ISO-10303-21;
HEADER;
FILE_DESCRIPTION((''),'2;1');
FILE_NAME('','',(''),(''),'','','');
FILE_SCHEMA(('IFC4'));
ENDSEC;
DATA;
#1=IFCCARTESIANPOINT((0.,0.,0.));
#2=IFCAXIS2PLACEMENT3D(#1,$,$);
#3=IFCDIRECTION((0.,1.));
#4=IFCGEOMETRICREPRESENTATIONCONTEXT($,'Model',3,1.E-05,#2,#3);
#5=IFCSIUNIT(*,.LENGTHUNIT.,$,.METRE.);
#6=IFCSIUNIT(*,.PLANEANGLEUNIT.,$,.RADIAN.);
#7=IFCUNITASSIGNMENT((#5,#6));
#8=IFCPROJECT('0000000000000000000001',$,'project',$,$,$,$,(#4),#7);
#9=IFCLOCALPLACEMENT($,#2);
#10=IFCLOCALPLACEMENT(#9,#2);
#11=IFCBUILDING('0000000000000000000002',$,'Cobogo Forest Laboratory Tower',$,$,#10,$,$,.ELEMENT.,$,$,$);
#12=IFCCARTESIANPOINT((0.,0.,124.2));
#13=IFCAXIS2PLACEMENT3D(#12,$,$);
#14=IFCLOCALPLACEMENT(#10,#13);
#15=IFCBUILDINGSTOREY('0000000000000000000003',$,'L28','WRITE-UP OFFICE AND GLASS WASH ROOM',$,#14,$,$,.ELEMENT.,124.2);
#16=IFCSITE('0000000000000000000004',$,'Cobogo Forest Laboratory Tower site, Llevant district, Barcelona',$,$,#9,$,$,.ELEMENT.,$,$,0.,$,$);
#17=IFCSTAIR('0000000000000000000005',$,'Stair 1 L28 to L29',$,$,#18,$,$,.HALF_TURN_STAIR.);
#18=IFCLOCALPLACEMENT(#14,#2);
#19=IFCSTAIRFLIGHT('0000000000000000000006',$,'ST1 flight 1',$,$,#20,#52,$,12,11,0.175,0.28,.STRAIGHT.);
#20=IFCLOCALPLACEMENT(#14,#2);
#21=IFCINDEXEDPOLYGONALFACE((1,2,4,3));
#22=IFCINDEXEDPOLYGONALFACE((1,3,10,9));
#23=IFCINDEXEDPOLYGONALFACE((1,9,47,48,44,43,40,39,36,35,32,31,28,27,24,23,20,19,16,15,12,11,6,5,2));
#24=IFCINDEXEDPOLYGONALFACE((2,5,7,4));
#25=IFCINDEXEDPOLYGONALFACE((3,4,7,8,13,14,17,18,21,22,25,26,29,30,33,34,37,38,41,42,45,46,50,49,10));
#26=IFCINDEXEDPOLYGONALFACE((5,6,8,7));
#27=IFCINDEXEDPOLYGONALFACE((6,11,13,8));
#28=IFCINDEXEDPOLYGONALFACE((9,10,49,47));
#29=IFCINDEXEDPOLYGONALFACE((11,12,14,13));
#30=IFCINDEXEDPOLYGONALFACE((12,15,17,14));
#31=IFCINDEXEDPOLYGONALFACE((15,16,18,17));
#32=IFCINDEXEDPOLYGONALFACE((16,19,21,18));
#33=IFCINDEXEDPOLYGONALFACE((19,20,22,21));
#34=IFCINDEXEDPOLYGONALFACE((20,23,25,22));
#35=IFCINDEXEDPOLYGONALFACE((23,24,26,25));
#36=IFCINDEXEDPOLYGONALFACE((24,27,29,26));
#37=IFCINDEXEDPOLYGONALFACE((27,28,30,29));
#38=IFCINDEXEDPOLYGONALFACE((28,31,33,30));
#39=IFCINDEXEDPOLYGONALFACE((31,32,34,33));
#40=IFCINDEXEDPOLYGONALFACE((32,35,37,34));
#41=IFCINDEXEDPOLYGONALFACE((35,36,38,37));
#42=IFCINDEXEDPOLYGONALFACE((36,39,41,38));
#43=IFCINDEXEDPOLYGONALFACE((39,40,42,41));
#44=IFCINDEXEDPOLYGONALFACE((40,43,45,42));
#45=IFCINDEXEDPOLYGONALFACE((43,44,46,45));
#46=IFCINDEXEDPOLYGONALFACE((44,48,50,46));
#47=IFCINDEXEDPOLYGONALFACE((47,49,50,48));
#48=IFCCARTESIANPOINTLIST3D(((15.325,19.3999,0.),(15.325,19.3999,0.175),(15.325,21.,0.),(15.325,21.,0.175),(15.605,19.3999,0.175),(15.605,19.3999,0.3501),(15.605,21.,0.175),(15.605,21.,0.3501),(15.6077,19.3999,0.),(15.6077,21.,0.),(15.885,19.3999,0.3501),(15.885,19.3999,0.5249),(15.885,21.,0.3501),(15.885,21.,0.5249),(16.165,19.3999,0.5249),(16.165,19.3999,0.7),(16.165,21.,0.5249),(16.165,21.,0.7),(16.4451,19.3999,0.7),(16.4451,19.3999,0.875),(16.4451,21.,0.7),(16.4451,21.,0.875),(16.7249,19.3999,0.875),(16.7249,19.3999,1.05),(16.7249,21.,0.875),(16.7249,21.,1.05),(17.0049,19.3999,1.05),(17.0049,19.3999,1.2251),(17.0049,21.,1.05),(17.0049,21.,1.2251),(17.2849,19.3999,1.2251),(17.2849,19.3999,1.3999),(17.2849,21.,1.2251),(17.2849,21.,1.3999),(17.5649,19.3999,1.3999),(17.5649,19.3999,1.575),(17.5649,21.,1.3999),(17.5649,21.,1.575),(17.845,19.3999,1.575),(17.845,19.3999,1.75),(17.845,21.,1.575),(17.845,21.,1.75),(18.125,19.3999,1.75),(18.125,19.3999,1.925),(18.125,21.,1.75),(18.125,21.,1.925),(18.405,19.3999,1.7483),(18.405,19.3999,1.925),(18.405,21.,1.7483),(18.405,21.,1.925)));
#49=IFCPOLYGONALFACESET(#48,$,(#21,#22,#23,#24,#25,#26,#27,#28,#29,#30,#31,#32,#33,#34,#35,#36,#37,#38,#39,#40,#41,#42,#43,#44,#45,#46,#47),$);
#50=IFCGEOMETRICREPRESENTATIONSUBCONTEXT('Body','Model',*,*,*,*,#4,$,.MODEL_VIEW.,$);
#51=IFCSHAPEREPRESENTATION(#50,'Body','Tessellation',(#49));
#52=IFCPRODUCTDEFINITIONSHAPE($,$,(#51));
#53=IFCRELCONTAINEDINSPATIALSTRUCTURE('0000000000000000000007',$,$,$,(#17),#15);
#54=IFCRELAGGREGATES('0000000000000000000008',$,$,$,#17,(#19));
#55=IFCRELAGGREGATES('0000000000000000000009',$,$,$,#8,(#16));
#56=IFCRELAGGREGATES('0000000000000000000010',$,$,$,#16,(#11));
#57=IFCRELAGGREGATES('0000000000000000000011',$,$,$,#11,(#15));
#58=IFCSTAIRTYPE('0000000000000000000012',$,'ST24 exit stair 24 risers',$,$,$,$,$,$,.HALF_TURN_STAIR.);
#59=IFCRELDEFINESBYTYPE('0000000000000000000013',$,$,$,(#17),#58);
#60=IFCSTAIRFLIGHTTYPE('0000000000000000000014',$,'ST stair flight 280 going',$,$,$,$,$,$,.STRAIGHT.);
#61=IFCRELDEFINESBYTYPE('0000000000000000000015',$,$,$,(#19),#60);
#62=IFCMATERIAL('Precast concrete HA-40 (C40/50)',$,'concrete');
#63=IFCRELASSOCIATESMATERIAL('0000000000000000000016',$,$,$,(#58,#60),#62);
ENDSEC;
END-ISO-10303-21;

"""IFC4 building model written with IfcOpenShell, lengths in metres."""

from ifc_helpers import new_model, si_unit, direction, frame, origin, place, context, subcontext, project, spatial, polyline, outline, extrude, material, type_object, element, aggregate, save


model = new_model("IFC4")

# Units and contexts
model_context = context("Model", 3, precision=1e-05, world=origin(), true_north=direction((0.0, 1.0)))
body_context = subcontext(model_context, "Body", "Model", "MODEL_VIEW")
ifc_project = project(units=[si_unit("LENGTHUNIT", "METRE"), si_unit("PLANEANGLEUNIT", "RADIAN")], contexts=[model_context])

# Site, building, storey
site_placement = place(None, origin())
site = spatial("IfcSite", under=ifc_project, at=site_placement, Name="Cobogo Forest Laboratory Tower site, Llevant district, Barcelona", CompositionType="ELEMENT", RefElevation=0.0)
building_placement = place(site_placement, origin())
building = spatial("IfcBuilding", under=site, at=building_placement, Name="Cobogo Forest Laboratory Tower", CompositionType="ELEMENT")
storey_placement = place(building_placement, frame((0.0, 0.0, 124.2)))
storey = spatial("IfcBuildingStorey", under=building, at=storey_placement, Name="L28", Description="WRITE-UP OFFICE AND GLASS WASH ROOM", CompositionType="ELEMENT", Elevation=124.2)

# Stair, stair flight
ifc_material_1 = material(Name="Precast concrete HA-40 (C40/50)", Category="concrete")
stair_type = type_object("IfcStairType", Name="ST24 exit stair 24 risers", PredefinedType="HALF_TURN_STAIR", material=ifc_material_1)
stair_placement = place(storey_placement, origin())
stair = element("IfcStair", 1, at=stair_placement, inside=storey, type_object=stair_type, Name="Stair 1 L28 to L29", PredefinedType="HALF_TURN_STAIR")
stair_flight_type = type_object("IfcStairFlightType", Name="ST stair flight 280 going", PredefinedType="STRAIGHT", material=ifc_material_1)
stair_flight_placement = place(storey_placement, frame((15.325, 20.2, 0.0), z_axis=(0.0, 0.0, 1.0), x_axis=(1.0, 0.0, 0.0)))
stair_flight = element("IfcStairFlight", 2, at=stair_flight_placement, type_object=stair_flight_type, Name="ST1 flight 1", NumberOfRisers=12, NumberOfTreads=11, PredefinedType="STRAIGHT", RiserHeight=0.175, TreadLength=0.28, context=body_context, shape_type="SweptSolid", body=[
    extrude(outline(polyline([(0.0, 0.0), (0.0, 0.175), (0.28, 0.175), (0.28, 0.3501), (0.5601, 0.3501), (0.5601, 0.5249), (0.8401, 0.5249), (0.8401, 0.7), (1.1201, 0.7), (1.1201, 0.875), (1.3999, 0.875), (1.3999, 1.05), (1.6799, 1.05), (1.6799, 1.2251), (1.96, 1.2251), (1.96, 1.3999), (2.24, 1.3999), (2.24, 1.575), (2.52, 1.575), (2.52, 1.75), (2.8, 1.75), (2.8, 1.925), (3.0801, 1.925), (3.0801, 2.1001), (3.0801, 1.7483), (0.2827, 0.0), (0.0, 0.0)])), frame((0.0, 0.8, 0.0), z_axis=(0.0, -1.0, 0.0), x_axis=(1.0, 0.0, 0.0)), (0.0, 0.0, 1.0), 1.6001),
])
aggregate(stair, [stair_flight])

save(model, "model.ifc")
